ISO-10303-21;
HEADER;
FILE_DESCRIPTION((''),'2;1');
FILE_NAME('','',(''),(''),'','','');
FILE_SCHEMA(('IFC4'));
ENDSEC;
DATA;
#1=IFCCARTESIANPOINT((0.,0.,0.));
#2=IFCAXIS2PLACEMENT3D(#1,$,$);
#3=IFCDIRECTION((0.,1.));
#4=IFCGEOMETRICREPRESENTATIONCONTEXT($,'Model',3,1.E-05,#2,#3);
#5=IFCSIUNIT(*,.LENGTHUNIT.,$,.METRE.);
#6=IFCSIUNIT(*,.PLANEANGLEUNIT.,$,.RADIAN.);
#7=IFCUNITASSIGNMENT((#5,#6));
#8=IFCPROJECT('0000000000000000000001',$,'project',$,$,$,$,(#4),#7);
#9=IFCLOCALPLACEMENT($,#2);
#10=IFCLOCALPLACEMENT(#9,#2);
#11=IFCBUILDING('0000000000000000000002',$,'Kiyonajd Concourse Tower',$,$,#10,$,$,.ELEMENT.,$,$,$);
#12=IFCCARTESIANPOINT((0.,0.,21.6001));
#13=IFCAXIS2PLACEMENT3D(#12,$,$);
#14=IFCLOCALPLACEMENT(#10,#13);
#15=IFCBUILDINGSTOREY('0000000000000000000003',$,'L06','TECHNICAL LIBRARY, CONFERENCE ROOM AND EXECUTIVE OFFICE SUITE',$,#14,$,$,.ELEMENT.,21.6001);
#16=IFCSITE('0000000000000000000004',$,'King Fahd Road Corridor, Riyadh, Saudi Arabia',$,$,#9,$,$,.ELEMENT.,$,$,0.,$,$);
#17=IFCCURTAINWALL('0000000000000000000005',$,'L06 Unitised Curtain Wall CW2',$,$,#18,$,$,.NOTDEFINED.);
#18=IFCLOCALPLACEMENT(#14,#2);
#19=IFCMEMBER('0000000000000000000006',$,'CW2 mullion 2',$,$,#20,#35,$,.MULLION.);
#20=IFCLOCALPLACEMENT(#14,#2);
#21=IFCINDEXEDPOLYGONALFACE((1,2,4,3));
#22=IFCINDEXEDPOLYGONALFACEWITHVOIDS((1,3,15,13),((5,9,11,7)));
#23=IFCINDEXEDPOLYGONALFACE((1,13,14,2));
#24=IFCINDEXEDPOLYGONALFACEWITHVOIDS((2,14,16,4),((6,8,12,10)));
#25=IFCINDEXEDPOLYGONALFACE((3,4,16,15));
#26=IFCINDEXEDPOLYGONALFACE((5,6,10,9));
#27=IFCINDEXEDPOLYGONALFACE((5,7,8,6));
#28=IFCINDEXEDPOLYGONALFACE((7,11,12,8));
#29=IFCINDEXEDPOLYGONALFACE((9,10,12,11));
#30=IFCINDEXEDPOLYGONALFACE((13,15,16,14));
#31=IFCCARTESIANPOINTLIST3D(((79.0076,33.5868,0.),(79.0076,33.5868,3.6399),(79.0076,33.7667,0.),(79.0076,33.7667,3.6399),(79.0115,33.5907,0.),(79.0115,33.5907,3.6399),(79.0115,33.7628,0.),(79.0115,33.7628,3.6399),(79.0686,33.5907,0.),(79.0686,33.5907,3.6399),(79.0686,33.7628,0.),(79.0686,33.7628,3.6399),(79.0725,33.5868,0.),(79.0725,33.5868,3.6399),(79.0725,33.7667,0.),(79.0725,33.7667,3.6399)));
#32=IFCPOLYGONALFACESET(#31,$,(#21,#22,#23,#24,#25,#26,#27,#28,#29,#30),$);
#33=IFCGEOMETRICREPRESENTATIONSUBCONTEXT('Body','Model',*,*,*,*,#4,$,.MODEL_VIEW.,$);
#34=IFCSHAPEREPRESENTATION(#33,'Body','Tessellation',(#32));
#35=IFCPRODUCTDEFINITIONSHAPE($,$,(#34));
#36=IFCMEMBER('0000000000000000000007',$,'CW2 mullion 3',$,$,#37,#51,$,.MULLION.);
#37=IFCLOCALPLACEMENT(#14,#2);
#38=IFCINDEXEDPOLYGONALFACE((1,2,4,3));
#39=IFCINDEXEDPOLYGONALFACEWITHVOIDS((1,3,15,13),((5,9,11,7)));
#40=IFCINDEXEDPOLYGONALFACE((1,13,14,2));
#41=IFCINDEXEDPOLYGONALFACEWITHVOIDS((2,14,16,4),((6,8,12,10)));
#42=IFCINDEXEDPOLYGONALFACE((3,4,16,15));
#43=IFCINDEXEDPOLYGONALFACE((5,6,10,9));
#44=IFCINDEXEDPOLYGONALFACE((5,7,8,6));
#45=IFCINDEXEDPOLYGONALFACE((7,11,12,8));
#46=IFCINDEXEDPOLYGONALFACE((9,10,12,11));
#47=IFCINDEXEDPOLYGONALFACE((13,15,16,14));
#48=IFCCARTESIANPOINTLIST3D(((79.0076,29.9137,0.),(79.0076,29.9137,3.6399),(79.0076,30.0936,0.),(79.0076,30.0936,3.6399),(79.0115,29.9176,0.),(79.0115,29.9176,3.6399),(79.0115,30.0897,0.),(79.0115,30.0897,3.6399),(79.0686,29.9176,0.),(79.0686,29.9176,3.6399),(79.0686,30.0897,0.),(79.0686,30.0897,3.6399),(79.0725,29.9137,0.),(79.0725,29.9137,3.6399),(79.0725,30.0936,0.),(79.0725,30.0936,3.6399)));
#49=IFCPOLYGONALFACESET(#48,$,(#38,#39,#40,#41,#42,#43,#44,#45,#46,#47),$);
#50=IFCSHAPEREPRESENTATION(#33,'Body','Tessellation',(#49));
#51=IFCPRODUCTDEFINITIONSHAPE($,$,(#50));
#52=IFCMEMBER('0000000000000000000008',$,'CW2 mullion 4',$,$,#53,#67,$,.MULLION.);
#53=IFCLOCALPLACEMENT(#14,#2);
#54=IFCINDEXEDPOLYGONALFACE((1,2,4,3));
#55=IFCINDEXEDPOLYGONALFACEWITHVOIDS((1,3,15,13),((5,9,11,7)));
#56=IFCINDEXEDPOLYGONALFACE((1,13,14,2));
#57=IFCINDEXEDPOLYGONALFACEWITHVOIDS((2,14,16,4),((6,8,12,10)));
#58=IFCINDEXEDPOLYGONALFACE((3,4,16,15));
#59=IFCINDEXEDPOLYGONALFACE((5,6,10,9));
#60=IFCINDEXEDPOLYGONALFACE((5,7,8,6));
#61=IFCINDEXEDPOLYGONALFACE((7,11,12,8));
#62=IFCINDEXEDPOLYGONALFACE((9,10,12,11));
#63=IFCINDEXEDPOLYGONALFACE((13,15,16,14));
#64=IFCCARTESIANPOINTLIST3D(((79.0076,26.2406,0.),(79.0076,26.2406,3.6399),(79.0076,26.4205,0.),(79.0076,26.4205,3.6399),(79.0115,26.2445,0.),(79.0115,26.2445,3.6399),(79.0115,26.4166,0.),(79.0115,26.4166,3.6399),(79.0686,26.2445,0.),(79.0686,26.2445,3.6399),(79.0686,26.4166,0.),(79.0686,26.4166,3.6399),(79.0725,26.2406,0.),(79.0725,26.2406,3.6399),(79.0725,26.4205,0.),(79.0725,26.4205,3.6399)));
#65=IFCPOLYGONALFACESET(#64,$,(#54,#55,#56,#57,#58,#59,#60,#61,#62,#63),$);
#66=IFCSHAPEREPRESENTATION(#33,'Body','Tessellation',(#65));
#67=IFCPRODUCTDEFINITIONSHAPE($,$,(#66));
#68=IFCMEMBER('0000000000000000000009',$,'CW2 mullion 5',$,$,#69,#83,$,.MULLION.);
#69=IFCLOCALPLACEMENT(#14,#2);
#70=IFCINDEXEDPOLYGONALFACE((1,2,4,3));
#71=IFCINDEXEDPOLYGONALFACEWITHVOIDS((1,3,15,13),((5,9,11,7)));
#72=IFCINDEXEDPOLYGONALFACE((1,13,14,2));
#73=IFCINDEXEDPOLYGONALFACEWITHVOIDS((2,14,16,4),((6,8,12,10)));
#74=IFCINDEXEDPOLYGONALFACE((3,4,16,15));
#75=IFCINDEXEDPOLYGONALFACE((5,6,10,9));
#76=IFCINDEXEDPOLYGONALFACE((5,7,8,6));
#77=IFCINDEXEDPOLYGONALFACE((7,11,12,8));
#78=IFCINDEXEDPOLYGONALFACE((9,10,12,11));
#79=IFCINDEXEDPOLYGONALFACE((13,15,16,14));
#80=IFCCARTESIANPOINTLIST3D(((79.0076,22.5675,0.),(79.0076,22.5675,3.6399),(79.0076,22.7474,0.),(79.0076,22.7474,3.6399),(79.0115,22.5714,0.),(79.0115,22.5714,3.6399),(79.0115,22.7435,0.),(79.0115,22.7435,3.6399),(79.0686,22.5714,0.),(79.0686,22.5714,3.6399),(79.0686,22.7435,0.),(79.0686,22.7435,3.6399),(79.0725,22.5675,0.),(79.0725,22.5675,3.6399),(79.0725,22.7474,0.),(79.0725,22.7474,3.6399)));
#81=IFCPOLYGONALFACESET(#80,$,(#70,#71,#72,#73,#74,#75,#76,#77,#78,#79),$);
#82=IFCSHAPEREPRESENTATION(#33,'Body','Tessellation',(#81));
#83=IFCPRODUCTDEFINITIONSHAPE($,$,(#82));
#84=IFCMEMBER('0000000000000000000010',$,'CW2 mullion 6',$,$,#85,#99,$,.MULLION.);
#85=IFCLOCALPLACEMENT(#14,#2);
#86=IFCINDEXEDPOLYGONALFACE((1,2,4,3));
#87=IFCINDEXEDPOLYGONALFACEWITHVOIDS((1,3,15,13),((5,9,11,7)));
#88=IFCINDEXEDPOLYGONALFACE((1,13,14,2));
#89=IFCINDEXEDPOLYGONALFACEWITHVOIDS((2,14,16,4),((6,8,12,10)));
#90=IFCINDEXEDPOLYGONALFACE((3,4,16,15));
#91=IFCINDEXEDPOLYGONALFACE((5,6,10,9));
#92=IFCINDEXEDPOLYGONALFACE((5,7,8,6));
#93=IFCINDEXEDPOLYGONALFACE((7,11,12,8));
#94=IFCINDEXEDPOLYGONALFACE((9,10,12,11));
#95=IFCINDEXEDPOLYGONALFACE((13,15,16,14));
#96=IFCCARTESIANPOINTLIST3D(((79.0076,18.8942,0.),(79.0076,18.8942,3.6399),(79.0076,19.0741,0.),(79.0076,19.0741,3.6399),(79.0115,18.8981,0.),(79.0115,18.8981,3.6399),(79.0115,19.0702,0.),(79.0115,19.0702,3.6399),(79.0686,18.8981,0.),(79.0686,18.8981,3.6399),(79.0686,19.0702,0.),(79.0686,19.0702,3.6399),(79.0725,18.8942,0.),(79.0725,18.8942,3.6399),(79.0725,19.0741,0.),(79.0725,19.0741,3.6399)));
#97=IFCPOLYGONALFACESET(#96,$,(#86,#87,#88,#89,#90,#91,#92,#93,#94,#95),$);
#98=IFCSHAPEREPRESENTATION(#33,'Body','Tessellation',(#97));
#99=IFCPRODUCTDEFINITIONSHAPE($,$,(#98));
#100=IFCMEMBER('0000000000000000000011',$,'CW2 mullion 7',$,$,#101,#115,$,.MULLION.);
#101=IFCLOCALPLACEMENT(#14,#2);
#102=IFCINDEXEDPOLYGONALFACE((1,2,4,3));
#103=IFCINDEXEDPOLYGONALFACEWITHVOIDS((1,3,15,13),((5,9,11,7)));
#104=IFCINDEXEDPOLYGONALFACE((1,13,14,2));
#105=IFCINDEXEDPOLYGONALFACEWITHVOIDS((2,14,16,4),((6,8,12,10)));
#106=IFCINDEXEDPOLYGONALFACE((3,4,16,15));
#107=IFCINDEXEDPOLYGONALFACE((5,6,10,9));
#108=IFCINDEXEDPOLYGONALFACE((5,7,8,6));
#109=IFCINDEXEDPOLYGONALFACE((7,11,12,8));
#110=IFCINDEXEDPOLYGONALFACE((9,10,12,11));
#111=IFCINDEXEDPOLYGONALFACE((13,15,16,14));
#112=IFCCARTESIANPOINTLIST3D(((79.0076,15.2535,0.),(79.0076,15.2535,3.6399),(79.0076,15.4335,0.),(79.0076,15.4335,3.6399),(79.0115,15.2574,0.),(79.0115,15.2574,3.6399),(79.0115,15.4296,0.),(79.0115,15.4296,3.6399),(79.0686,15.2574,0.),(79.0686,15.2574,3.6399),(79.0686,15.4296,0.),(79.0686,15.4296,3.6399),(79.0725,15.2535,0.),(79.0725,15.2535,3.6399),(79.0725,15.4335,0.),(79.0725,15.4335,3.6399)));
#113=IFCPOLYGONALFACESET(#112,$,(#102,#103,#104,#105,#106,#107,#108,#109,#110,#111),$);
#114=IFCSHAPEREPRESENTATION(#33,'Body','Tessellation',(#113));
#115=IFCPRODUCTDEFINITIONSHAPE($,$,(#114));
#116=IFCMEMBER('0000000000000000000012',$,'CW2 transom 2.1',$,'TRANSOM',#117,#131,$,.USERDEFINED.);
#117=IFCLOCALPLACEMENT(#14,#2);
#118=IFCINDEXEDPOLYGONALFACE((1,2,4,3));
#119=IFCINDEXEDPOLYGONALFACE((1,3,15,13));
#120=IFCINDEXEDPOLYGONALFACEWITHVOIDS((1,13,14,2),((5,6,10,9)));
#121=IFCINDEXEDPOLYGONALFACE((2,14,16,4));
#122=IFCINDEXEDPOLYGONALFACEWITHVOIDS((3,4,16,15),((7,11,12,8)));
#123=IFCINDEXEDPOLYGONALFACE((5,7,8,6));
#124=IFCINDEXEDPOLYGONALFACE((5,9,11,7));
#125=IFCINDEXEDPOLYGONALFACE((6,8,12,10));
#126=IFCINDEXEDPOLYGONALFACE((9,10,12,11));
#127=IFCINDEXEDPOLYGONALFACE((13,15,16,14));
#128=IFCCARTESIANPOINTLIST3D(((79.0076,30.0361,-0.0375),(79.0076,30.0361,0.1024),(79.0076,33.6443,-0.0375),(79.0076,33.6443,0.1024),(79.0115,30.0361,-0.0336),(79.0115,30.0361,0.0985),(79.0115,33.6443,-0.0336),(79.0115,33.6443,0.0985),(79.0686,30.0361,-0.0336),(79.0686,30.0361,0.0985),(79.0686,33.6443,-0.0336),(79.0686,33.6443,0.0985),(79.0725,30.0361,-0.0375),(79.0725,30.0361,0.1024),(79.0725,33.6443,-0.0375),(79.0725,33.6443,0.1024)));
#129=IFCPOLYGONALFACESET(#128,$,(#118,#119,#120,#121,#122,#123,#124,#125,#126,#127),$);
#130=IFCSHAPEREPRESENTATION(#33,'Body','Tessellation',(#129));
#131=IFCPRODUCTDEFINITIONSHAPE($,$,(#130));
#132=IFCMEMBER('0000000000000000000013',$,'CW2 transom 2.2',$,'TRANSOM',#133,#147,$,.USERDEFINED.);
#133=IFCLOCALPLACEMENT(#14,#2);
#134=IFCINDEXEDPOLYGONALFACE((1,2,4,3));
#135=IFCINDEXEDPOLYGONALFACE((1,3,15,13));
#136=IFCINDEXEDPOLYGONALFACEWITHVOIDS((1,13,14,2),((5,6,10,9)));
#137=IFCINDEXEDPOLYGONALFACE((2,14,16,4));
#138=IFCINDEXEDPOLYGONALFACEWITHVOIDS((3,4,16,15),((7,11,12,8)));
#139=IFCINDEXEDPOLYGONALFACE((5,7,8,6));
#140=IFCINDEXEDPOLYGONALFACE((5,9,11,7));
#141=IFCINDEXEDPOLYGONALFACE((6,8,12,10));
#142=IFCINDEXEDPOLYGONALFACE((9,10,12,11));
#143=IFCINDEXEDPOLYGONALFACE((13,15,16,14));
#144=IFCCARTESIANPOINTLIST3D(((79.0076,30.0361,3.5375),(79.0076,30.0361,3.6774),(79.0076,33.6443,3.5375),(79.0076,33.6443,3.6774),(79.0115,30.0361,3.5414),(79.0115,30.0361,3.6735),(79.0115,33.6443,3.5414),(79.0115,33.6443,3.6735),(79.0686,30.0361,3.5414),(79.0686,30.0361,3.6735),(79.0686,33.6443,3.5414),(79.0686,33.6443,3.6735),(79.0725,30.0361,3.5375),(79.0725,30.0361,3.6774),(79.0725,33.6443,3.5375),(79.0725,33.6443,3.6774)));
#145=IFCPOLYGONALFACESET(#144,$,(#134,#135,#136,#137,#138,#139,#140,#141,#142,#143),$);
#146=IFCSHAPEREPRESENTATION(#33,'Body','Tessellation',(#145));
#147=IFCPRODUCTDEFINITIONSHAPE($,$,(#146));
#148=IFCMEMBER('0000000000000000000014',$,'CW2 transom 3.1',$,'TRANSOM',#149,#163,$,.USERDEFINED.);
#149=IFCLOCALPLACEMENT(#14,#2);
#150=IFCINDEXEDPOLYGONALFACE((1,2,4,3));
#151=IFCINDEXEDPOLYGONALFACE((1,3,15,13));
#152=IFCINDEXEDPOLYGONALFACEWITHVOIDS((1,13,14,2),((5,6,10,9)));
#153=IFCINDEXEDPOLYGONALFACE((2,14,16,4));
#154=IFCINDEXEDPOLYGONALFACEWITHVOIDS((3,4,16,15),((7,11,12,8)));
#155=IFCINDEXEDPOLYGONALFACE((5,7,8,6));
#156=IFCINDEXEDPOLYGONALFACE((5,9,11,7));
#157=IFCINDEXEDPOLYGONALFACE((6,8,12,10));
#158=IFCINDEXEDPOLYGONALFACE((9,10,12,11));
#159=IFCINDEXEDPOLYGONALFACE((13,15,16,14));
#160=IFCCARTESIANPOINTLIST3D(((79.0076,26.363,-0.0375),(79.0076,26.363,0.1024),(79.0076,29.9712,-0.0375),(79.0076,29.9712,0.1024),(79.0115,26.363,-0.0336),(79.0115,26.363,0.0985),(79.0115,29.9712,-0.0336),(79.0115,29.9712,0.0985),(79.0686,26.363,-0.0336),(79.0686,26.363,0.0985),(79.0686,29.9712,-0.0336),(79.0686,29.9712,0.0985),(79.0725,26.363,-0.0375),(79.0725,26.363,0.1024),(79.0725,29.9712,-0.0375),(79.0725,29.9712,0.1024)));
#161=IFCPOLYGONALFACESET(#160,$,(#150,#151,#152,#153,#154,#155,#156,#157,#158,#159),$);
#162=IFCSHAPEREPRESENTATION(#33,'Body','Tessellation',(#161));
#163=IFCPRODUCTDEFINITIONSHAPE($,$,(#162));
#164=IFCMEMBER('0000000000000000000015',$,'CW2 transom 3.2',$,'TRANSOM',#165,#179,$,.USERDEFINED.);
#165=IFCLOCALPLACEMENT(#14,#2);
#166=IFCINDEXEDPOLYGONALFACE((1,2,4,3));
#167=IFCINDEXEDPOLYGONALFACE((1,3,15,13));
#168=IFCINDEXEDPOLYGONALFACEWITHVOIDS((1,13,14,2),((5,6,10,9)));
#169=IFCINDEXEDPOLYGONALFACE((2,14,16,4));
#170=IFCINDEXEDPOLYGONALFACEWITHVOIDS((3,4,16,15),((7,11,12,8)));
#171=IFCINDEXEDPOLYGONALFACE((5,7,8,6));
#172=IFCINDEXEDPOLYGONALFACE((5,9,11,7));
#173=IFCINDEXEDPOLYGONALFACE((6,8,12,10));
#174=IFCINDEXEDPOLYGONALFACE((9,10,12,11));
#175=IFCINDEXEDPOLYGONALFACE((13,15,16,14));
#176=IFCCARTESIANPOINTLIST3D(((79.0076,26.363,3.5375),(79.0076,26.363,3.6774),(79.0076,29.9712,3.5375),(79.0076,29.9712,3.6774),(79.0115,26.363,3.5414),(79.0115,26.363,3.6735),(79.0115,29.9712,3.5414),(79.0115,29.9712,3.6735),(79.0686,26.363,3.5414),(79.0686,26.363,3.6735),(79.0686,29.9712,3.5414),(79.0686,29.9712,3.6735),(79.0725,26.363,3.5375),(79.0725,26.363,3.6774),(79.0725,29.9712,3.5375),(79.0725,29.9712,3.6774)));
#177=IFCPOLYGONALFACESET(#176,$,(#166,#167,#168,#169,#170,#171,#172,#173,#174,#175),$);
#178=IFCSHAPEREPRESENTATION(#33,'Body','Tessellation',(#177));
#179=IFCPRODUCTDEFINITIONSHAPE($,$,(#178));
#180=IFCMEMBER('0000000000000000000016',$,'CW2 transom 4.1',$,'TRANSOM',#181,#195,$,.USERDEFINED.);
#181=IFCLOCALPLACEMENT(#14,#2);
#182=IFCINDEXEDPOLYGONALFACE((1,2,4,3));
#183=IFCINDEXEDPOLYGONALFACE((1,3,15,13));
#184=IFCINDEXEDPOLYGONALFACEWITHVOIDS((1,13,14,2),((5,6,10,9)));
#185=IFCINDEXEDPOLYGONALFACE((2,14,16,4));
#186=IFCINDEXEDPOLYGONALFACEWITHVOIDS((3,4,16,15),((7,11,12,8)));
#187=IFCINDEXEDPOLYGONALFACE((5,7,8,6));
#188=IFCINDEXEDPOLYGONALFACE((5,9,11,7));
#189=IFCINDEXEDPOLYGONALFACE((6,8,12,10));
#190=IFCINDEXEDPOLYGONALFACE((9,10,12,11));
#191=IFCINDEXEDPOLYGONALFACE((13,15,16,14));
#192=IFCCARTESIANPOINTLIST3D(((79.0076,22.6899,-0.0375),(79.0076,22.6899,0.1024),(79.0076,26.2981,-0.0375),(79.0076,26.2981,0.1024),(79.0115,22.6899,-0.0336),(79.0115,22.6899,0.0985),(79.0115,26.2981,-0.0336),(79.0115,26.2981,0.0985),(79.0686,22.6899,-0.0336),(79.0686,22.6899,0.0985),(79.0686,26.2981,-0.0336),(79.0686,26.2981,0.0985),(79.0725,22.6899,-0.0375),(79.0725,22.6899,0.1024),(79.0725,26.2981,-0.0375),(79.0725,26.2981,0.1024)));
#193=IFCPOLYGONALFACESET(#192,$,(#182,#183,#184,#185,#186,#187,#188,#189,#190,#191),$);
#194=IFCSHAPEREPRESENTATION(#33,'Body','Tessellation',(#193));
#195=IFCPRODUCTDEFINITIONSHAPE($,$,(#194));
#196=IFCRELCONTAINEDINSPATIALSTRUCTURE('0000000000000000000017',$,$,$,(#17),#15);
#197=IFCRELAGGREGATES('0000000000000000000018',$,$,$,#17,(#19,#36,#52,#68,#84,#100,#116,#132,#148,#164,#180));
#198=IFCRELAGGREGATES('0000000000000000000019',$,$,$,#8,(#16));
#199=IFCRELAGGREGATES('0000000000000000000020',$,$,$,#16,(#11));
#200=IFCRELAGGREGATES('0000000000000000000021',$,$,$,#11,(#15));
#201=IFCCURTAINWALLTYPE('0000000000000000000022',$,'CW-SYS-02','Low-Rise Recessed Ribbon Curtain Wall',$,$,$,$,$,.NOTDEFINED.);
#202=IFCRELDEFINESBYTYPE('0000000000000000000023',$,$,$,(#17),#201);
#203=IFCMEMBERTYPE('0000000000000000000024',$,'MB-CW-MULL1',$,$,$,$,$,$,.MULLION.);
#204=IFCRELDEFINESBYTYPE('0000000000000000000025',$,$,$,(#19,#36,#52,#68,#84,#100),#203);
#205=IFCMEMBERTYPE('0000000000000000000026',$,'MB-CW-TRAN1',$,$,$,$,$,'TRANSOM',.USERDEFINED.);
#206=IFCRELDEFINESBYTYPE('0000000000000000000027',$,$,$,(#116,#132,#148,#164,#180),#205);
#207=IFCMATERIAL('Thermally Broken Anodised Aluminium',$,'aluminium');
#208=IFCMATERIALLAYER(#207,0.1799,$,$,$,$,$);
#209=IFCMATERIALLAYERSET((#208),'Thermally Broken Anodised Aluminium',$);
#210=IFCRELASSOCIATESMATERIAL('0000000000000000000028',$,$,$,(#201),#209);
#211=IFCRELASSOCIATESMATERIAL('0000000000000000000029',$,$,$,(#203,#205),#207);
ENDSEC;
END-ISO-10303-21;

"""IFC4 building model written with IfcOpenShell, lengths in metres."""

from ifc_helpers import new_model, si_unit, direction, frame, origin, origin_2d, place, context, subcontext, project, spatial, hollow_rectangle, extrude, material, layer, layer_set, material_profile, profile_set, type_object, element, aggregate, save


model = new_model("IFC4")

# Units and contexts
model_context = context("Model", 3, precision=1e-05, world=origin(), true_north=direction((0.0, 1.0)))
body_context = subcontext(model_context, "Body", "Model", "MODEL_VIEW")
ifc_project = project(units=[si_unit("LENGTHUNIT", "METRE"), si_unit("PLANEANGLEUNIT", "RADIAN")], contexts=[model_context])

# Site, building, storey
site_placement = place(None, origin())
site = spatial("IfcSite", under=ifc_project, at=site_placement, Name="King Fahd Road Corridor, Riyadh, Saudi Arabia", CompositionType="ELEMENT", RefElevation=0.0)
building_placement = place(site_placement, origin())
building = spatial("IfcBuilding", under=site, at=building_placement, Name="Kiyonajd Concourse Tower", CompositionType="ELEMENT")
storey_placement = place(building_placement, frame((0.0, 0.0, 21.6001)))
storey = spatial("IfcBuildingStorey", under=building, at=storey_placement, Name="L06", Description="TECHNICAL LIBRARY, CONFERENCE ROOM AND EXECUTIVE OFFICE SUITE", CompositionType="ELEMENT", Elevation=21.6001)

# Curtain wall, members
ifc_material_1 = material(Name="Thermally Broken Anodised Aluminium", Category="aluminium")
ifc_layer_1 = layer(ifc_material_1, 0.1799)
ifc_layer_set_1 = layer_set([ifc_layer_1], Name="Thermally Broken Anodised Aluminium")
curtain_wall_type = type_object("IfcCurtainWallType", Name="CW-SYS-02", Description="Low-Rise Recessed Ribbon Curtain Wall", PredefinedType="NOTDEFINED", material=ifc_layer_set_1)
curtain_wall_placement = place(storey_placement, origin())
curtain_wall = element("IfcCurtainWall", 1, at=curtain_wall_placement, inside=storey, type_object=curtain_wall_type, Name="L06 Unitised Curtain Wall CW2", PredefinedType="NOTDEFINED")
ifc_material_profile_1 = material_profile(ifc_material_1, hollow_rectangle(XDim=0.0649, YDim=0.1799, WallThickness=0.0039, at=origin_2d()), Name="MULL-65x180")
ifc_profile_set_1 = profile_set([ifc_material_profile_1], Name="Thermally Broken Anodised Aluminium")
member_type_1 = type_object("IfcMemberType", Name="MB-CW-MULL1", PredefinedType="MULLION", material=ifc_profile_set_1)
member_1_placement = place(storey_placement, frame((79.04, 33.6768, 0.0), z_axis=(0.0, 0.0, 1.0), x_axis=(1.0, 0.0, 0.0)))
member_1 = element("IfcMember", 2, at=member_1_placement, type_object=member_type_1, Name="CW2 mullion 2", PredefinedType="MULLION", context=body_context, shape_type="SweptSolid", body=[
    extrude(hollow_rectangle(XDim=0.0649, YDim=0.1799, WallThickness=0.0039, at=origin_2d()), origin(), (0.0, 0.0, 1.0), 3.6399),
])
member_2_placement = place(storey_placement, frame((79.04, 30.0037, 0.0), z_axis=(0.0, 0.0, 1.0), x_axis=(1.0, 0.0, 0.0)))
member_2 = element("IfcMember", 3, at=member_2_placement, type_object=member_type_1, Name="CW2 mullion 3", PredefinedType="MULLION", context=body_context, shape_type="SweptSolid", body=[
    extrude(hollow_rectangle(XDim=0.0649, YDim=0.1799, WallThickness=0.0039, at=origin_2d()), origin(), (0.0, 0.0, 1.0), 3.6399),
])
member_3_placement = place(storey_placement, frame((79.04, 26.3306, 0.0), z_axis=(0.0, 0.0, 1.0), x_axis=(1.0, 0.0, 0.0)))
member_3 = element("IfcMember", 4, at=member_3_placement, type_object=member_type_1, Name="CW2 mullion 4", PredefinedType="MULLION", context=body_context, shape_type="SweptSolid", body=[
    extrude(hollow_rectangle(XDim=0.0649, YDim=0.1799, WallThickness=0.0039, at=origin_2d()), origin(), (0.0, 0.0, 1.0), 3.6399),
])
member_4_placement = place(storey_placement, frame((79.04, 22.6575, 0.0), z_axis=(0.0, 0.0, 1.0), x_axis=(1.0, 0.0, 0.0)))
member_4 = element("IfcMember", 5, at=member_4_placement, type_object=member_type_1, Name="CW2 mullion 5", PredefinedType="MULLION", context=body_context, shape_type="SweptSolid", body=[
    extrude(hollow_rectangle(XDim=0.0649, YDim=0.1799, WallThickness=0.0039, at=origin_2d()), origin(), (0.0, 0.0, 1.0), 3.6399),
])
member_5_placement = place(storey_placement, frame((79.04, 18.9841, 0.0), z_axis=(0.0, 0.0, 1.0), x_axis=(1.0, 0.0, 0.0)))
member_5 = element("IfcMember", 6, at=member_5_placement, type_object=member_type_1, Name="CW2 mullion 6", PredefinedType="MULLION", context=body_context, shape_type="SweptSolid", body=[
    extrude(hollow_rectangle(XDim=0.0649, YDim=0.1799, WallThickness=0.0039, at=origin_2d()), origin(), (0.0, 0.0, 1.0), 3.6399),
])
member_6_placement = place(storey_placement, frame((79.04, 15.3435, 0.0), z_axis=(0.0, 0.0, 1.0), x_axis=(1.0, 0.0, 0.0)))
member_6 = element("IfcMember", 7, at=member_6_placement, type_object=member_type_1, Name="CW2 mullion 7", PredefinedType="MULLION", context=body_context, shape_type="SweptSolid", body=[
    extrude(hollow_rectangle(XDim=0.0649, YDim=0.1799, WallThickness=0.0039, at=origin_2d()), origin(), (0.0, 0.0, 1.0), 3.6399),
])
ifc_material_profile_2 = material_profile(ifc_material_1, hollow_rectangle(XDim=0.0649, YDim=0.1399, WallThickness=0.0039, at=origin_2d()), Name="TRAN-65x140")
ifc_profile_set_2 = profile_set([ifc_material_profile_2], Name="Thermally Broken Anodised Aluminium")
member_type_2 = type_object("IfcMemberType", Name="MB-CW-TRAN1", ElementType="TRANSOM", PredefinedType="USERDEFINED", material=ifc_profile_set_2)
member_7_placement = place(storey_placement, frame((79.04, 33.6443, 0.0325), z_axis=(0.0, -1.0, 0.0), x_axis=(1.0, 0.0, 0.0)))
member_7 = element("IfcMember", 8, at=member_7_placement, type_object=member_type_2, Name="CW2 transom 2.1", ObjectType="TRANSOM", PredefinedType="USERDEFINED", context=body_context, shape_type="SweptSolid", body=[
    extrude(hollow_rectangle(XDim=0.0649, YDim=0.1399, WallThickness=0.0039, at=origin_2d()), origin(), (0.0, 0.0, 1.0), 3.6082),
])
member_8_placement = place(storey_placement, frame((79.04, 33.6443, 3.6074), z_axis=(0.0, -1.0, 0.0), x_axis=(1.0, 0.0, 0.0)))
member_8 = element("IfcMember", 9, at=member_8_placement, type_object=member_type_2, Name="CW2 transom 2.2", ObjectType="TRANSOM", PredefinedType="USERDEFINED", context=body_context, shape_type="SweptSolid", body=[
    extrude(hollow_rectangle(XDim=0.0649, YDim=0.1399, WallThickness=0.0039, at=origin_2d()), origin(), (0.0, 0.0, 1.0), 3.6082),
])
member_9_placement = place(storey_placement, frame((79.04, 29.9712, 0.0325), z_axis=(0.0, -1.0, 0.0), x_axis=(1.0, 0.0, 0.0)))
member_9 = element("IfcMember", 10, at=member_9_placement, type_object=member_type_2, Name="CW2 transom 3.1", ObjectType="TRANSOM", PredefinedType="USERDEFINED", context=body_context, shape_type="SweptSolid", body=[
    extrude(hollow_rectangle(XDim=0.0649, YDim=0.1399, WallThickness=0.0039, at=origin_2d()), origin(), (0.0, 0.0, 1.0), 3.6082),
])
member_10_placement = place(storey_placement, frame((79.04, 29.9712, 3.6074), z_axis=(0.0, -1.0, 0.0), x_axis=(1.0, 0.0, 0.0)))
member_10 = element("IfcMember", 11, at=member_10_placement, type_object=member_type_2, Name="CW2 transom 3.2", ObjectType="TRANSOM", PredefinedType="USERDEFINED", context=body_context, shape_type="SweptSolid", body=[
    extrude(hollow_rectangle(XDim=0.0649, YDim=0.1399, WallThickness=0.0039, at=origin_2d()), origin(), (0.0, 0.0, 1.0), 3.6082),
])
member_11_placement = place(storey_placement, frame((79.04, 26.2981, 0.0325), z_axis=(0.0, -1.0, 0.0), x_axis=(1.0, 0.0, 0.0)))
member_11 = element("IfcMember", 12, at=member_11_placement, type_object=member_type_2, Name="CW2 transom 4.1", ObjectType="TRANSOM", PredefinedType="USERDEFINED", context=body_context, shape_type="SweptSolid", body=[
    extrude(hollow_rectangle(XDim=0.0649, YDim=0.1399, WallThickness=0.0039, at=origin_2d()), origin(), (0.0, 0.0, 1.0), 3.6082),
])
aggregate(curtain_wall, [member_1, member_2, member_3, member_4, member_5, member_6, member_7, member_8, member_9, member_10, member_11])

save(model, "model.ifc")
